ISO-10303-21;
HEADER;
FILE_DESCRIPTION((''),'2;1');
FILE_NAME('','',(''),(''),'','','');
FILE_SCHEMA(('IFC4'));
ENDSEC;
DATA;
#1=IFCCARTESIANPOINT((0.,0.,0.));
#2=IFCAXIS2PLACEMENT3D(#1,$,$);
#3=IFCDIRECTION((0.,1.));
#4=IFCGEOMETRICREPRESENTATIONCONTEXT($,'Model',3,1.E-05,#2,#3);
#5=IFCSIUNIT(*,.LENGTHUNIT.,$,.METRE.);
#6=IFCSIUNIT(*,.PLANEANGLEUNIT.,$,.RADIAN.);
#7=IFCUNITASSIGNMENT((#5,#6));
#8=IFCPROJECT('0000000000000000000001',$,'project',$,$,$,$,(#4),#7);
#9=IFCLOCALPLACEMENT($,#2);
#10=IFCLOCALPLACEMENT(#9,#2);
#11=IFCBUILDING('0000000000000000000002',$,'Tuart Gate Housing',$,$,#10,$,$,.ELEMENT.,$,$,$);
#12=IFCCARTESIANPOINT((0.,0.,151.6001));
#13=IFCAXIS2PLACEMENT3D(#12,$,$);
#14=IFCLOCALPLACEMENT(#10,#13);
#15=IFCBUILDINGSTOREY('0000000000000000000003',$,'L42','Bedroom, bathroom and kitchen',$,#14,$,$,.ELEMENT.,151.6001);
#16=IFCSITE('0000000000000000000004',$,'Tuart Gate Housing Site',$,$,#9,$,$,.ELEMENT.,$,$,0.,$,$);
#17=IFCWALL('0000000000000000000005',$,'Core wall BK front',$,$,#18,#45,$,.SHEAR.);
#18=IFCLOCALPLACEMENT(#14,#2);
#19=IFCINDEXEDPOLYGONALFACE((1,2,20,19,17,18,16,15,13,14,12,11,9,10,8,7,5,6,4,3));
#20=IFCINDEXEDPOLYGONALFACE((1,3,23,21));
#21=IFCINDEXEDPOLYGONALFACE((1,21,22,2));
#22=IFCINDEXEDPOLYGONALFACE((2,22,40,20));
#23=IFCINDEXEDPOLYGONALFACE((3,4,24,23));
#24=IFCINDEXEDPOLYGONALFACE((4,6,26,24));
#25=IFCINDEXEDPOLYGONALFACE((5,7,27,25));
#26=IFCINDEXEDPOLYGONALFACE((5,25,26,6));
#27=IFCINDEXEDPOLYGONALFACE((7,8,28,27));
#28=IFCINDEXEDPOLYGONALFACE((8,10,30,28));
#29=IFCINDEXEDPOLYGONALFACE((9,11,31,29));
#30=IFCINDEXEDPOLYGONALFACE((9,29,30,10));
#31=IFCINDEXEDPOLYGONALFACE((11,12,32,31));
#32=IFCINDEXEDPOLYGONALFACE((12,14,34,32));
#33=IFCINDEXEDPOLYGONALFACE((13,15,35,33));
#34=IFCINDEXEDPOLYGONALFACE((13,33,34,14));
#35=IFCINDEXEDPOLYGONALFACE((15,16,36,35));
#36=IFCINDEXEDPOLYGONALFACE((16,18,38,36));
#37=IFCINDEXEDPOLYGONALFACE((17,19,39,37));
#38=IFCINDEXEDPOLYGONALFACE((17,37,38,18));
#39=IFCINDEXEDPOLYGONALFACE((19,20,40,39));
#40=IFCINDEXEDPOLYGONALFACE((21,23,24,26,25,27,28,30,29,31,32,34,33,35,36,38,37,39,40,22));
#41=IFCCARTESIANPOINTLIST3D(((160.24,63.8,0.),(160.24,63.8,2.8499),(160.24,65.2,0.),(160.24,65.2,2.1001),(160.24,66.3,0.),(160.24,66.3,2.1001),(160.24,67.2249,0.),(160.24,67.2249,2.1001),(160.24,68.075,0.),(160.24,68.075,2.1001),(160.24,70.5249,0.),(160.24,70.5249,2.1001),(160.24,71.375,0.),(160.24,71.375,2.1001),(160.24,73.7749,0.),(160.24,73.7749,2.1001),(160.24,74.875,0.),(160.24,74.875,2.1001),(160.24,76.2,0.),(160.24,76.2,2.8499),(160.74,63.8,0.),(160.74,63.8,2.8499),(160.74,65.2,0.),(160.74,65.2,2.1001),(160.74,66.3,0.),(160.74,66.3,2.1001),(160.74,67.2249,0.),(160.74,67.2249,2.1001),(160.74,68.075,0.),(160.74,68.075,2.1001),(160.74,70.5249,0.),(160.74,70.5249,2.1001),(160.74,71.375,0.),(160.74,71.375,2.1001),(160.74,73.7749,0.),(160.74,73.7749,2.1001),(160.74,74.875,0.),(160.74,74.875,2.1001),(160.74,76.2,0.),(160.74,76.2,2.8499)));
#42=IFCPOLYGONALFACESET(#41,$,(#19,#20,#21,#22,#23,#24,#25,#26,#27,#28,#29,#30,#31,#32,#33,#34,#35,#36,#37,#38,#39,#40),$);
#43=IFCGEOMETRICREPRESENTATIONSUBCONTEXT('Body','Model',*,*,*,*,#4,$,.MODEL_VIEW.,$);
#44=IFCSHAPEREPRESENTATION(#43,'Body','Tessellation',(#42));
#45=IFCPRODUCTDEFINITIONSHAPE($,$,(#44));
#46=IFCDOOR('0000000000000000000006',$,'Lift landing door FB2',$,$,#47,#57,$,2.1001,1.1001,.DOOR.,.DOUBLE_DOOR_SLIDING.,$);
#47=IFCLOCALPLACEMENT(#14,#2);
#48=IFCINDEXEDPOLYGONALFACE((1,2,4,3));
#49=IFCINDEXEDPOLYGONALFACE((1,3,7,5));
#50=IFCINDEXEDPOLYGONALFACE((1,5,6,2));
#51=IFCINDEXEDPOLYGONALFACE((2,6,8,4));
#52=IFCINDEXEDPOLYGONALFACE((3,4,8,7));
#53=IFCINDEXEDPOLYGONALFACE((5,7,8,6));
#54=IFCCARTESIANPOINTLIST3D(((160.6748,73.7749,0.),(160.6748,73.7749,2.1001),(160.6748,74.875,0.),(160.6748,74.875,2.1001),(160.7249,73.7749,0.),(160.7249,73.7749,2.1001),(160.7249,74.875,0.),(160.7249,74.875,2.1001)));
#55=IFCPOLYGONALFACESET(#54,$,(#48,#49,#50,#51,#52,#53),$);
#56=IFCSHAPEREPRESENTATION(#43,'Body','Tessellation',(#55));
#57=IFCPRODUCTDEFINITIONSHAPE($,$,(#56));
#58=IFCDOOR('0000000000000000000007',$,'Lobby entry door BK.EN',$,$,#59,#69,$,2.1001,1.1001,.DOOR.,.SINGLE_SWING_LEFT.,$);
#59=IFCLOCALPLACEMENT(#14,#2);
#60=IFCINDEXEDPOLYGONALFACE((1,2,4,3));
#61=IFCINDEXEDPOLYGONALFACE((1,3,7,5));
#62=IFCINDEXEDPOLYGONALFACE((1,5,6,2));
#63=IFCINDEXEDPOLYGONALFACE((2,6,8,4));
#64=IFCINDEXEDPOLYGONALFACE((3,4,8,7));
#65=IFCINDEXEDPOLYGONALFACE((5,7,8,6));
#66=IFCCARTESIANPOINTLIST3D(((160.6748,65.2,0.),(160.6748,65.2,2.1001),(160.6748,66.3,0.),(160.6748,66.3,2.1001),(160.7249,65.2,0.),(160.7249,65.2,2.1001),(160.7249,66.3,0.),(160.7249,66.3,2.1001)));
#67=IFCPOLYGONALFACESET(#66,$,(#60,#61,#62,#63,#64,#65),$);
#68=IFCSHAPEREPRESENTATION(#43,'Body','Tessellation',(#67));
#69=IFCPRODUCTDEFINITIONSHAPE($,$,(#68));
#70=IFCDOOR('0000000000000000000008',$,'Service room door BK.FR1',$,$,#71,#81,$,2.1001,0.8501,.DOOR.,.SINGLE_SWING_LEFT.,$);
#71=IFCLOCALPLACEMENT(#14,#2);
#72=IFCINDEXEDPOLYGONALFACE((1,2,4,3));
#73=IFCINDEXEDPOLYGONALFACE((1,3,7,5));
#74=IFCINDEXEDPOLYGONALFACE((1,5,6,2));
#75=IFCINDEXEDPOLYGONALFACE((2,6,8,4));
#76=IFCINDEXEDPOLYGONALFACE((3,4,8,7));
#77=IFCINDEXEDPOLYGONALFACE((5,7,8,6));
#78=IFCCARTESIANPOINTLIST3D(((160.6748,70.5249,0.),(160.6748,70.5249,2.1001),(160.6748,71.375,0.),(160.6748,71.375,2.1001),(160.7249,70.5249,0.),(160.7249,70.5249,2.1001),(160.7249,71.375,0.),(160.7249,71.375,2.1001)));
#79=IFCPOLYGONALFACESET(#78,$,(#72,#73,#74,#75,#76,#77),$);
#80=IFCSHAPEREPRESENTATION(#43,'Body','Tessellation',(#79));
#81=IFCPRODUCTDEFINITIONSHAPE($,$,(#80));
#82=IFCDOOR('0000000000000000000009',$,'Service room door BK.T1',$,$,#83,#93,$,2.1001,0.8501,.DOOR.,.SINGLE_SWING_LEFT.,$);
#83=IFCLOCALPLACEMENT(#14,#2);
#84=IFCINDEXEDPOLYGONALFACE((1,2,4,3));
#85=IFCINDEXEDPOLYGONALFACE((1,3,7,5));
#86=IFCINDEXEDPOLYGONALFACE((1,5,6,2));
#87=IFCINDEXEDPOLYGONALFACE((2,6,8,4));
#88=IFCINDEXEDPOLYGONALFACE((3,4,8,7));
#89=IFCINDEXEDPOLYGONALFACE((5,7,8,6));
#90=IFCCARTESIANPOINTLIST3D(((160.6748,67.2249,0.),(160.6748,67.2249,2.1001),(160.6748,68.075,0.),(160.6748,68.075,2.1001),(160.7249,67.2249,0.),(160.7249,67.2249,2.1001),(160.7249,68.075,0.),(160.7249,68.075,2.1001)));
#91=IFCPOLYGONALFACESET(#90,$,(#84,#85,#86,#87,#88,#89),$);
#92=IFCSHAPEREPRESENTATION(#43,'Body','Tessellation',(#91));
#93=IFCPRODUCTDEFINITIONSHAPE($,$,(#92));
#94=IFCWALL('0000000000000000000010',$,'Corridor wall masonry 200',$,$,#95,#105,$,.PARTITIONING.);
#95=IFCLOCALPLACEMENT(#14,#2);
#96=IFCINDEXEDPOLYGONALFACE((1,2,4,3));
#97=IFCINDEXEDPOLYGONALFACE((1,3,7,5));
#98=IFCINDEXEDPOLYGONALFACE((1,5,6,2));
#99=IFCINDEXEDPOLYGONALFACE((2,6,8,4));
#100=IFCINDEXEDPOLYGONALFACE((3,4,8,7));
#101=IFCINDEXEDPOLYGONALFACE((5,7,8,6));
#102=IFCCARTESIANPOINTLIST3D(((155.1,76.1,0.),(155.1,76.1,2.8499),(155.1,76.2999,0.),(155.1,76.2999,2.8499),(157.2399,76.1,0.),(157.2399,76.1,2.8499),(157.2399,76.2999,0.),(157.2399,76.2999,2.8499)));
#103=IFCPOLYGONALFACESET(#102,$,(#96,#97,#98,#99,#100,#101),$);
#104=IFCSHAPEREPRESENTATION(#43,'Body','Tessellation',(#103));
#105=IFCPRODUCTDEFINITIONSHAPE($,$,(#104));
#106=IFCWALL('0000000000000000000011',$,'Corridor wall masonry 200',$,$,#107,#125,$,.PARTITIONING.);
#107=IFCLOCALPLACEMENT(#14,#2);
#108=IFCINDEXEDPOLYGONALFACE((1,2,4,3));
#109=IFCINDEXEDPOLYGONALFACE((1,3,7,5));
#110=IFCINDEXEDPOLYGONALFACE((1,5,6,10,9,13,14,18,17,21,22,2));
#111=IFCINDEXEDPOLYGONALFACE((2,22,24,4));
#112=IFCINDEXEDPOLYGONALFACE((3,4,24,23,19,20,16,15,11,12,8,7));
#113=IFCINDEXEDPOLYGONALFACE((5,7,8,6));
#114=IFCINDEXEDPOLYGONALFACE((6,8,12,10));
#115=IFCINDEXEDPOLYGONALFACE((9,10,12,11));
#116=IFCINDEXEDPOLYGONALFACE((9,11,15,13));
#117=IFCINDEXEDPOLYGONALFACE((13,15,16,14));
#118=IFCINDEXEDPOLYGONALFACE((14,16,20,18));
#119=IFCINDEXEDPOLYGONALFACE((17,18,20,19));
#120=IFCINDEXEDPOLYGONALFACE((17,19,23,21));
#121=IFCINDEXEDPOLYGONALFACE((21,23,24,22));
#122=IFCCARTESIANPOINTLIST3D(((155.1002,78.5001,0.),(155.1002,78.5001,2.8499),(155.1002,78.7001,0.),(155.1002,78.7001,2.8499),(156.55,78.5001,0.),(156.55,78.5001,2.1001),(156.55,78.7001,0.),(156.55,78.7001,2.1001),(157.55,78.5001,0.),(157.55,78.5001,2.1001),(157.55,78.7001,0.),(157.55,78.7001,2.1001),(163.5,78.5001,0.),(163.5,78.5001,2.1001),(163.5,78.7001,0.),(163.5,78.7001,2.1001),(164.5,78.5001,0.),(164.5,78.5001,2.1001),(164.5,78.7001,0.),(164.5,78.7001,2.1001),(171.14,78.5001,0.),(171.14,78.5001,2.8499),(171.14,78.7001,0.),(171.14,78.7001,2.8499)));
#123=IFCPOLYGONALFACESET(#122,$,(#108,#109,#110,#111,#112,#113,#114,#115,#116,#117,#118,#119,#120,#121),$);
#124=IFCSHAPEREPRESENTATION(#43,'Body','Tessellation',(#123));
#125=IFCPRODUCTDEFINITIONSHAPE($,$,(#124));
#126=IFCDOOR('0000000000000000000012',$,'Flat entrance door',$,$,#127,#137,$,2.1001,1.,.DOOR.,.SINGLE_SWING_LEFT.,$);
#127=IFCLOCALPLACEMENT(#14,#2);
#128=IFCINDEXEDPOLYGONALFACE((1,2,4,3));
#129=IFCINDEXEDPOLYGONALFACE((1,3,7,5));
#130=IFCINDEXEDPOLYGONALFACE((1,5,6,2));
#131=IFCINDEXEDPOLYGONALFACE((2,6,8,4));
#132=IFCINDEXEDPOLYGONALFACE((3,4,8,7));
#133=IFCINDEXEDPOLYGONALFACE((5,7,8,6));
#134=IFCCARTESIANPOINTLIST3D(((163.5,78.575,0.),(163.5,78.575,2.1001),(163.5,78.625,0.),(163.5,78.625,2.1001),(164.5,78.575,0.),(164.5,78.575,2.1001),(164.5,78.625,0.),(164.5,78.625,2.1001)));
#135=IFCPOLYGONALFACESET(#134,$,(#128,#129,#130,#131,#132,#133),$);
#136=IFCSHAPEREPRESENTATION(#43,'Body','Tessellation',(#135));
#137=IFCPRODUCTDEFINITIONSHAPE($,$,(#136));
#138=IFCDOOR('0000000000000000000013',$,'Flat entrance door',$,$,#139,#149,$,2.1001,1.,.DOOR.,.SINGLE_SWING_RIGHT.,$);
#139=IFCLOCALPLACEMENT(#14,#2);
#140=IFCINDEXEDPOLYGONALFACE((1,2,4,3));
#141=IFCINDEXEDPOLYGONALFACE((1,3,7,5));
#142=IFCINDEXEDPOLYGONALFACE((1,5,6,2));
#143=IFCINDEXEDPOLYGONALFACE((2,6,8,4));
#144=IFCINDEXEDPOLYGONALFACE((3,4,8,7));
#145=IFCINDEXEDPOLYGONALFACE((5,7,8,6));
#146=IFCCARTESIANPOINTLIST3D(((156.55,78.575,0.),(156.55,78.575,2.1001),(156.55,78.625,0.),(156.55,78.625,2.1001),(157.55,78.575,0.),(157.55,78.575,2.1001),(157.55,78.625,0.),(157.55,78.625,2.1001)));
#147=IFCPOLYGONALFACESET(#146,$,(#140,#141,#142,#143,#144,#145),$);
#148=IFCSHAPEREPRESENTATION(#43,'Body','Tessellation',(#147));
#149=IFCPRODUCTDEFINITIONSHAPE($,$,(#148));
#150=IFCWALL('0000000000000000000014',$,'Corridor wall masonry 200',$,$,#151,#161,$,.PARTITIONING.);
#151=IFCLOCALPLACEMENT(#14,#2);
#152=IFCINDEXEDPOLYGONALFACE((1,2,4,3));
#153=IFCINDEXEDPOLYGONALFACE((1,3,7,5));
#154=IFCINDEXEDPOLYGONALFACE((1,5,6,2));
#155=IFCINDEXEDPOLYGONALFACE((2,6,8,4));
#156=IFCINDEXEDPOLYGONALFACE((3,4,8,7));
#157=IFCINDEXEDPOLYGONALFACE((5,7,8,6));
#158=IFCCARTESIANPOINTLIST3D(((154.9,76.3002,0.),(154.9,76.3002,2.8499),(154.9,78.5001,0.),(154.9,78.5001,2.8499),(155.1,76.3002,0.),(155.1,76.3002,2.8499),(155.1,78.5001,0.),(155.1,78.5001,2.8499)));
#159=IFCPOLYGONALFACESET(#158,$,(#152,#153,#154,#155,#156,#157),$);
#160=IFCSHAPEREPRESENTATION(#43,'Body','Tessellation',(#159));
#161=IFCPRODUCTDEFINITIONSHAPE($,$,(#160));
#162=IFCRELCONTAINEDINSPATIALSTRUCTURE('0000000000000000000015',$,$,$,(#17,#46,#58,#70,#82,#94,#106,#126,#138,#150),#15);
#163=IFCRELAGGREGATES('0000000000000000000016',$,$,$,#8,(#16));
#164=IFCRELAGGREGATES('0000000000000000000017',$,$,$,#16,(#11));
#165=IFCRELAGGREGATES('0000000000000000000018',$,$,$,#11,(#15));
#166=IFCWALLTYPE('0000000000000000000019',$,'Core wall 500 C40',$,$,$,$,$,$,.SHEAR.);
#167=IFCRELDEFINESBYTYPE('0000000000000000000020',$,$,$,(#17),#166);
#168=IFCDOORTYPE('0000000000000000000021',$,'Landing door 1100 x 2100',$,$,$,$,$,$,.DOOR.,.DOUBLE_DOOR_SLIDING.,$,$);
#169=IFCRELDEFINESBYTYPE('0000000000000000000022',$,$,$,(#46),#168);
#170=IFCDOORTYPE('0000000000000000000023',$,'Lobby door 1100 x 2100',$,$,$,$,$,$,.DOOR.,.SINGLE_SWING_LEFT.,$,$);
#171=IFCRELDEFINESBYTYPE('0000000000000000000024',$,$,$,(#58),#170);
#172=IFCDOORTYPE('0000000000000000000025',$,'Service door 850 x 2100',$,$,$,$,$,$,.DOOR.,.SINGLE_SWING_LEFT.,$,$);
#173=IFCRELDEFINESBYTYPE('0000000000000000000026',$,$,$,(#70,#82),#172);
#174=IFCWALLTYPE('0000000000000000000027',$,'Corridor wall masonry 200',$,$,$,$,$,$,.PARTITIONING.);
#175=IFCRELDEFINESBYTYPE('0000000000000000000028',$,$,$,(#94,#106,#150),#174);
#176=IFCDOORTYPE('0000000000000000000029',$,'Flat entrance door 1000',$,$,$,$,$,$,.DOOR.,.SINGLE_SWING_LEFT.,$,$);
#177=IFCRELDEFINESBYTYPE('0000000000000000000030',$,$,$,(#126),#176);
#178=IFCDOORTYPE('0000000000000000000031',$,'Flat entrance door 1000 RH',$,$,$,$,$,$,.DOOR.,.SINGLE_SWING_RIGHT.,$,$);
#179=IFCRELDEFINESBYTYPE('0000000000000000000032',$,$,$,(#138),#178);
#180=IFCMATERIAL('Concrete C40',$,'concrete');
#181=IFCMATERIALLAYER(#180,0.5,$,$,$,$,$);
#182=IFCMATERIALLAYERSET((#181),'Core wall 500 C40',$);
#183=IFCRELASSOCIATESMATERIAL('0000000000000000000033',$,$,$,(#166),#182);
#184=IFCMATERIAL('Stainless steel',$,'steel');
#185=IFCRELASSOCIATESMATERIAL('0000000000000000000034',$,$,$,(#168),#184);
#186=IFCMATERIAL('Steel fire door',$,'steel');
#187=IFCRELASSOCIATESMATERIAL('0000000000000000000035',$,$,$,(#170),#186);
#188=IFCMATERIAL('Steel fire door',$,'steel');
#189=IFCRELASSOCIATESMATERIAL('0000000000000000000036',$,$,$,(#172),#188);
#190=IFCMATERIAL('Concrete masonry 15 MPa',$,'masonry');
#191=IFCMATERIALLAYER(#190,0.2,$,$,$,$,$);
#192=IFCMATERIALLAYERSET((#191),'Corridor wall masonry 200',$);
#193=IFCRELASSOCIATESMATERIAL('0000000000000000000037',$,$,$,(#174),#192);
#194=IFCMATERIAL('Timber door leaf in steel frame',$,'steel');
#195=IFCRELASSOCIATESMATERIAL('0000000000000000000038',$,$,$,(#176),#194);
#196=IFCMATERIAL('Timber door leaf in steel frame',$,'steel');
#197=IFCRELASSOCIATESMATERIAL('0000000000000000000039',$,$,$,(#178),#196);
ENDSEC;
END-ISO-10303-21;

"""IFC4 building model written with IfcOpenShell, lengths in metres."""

from ifc_helpers import new_model, si_unit, direction, frame, frame_2d, origin, place, context, subcontext, project, spatial, rectangle, extrude, material, layer, layer_set, type_object, element, fill, save


model = new_model("IFC4")

# Units and contexts
model_context = context("Model", 3, precision=1e-05, world=origin(), true_north=direction((0.0, 1.0)))
body_context = subcontext(model_context, "Body", "Model", "MODEL_VIEW")
ifc_project = project(units=[si_unit("LENGTHUNIT", "METRE"), si_unit("PLANEANGLEUNIT", "RADIAN")], contexts=[model_context])

# Site, building, storey
site_placement = place(None, origin())
site = spatial("IfcSite", under=ifc_project, at=site_placement, Name="Tuart Gate Housing Site", CompositionType="ELEMENT", RefElevation=0.0)
building_placement = place(site_placement, origin())
building = spatial("IfcBuilding", under=site, at=building_placement, Name="Tuart Gate Housing", CompositionType="ELEMENT")
storey_placement = place(building_placement, frame((0.0, 0.0, 151.6001)))
storey = spatial("IfcBuildingStorey", under=building, at=storey_placement, Name="L42", Description="Bedroom, bathroom and kitchen", CompositionType="ELEMENT", Elevation=151.6001)

# Wall, openings, doors
ifc_material_1 = material(Name="Concrete C40", Category="concrete")
ifc_layer_1 = layer(ifc_material_1, 0.5)
ifc_layer_set_1 = layer_set([ifc_layer_1], Name="Core wall 500 C40")
wall_type_1 = type_object("IfcWallType", Name="Core wall 500 C40", PredefinedType="SHEAR", material=ifc_layer_set_1)
wall_1_placement = place(storey_placement, frame((160.49, 76.2, 0.0), z_axis=(0.0, 0.0, 1.0), x_axis=(0.0, -1.0, 0.0)))
wall_1 = element("IfcWall", 1, at=wall_1_placement, inside=storey, type_object=wall_type_1, Name="Core wall BK front", PredefinedType="SHEAR", context=body_context, shape_type="SweptSolid", body=[
    extrude(rectangle(XDim=12.3999, YDim=0.5, at=frame_2d((6.2, 0.0))), origin(), (0.0, 0.0, 1.0), 2.8499),
])
opening_1_placement = place(wall_1_placement, frame((1.325, 0.0, 0.0)))
opening_1 = element("IfcOpeningElement", 2, at=opening_1_placement, cuts=wall_1, PredefinedType="OPENING", context=body_context, shape_type="SweptSolid", body=[
    extrude(rectangle(XDim=1.1001, YDim=2.1001, at=frame_2d((0.55, 1.05))), frame((0.0, 0.26, 0.0), z_axis=(0.0, -1.0, 0.0), x_axis=(1.0, 0.0, 0.0)), (0.0, 0.0, 1.0), 0.52),
])
opening_2_placement = place(wall_1_placement, frame((4.825, 0.0, 0.0)))
opening_2 = element("IfcOpeningElement", 3, at=opening_2_placement, cuts=wall_1, PredefinedType="OPENING", context=body_context, shape_type="SweptSolid", body=[
    extrude(rectangle(XDim=0.8501, YDim=2.1001, at=frame_2d((0.425, 1.05))), frame((0.0, 0.26, 0.0), z_axis=(0.0, -1.0, 0.0), x_axis=(1.0, 0.0, 0.0)), (0.0, 0.0, 1.0), 0.52),
])
opening_3_placement = place(wall_1_placement, frame((9.8999, 0.0, 0.0)))
opening_3 = element("IfcOpeningElement", 4, at=opening_3_placement, cuts=wall_1, PredefinedType="OPENING", context=body_context, shape_type="SweptSolid", body=[
    extrude(rectangle(XDim=1.1001, YDim=2.1001, at=frame_2d((0.55, 1.05))), frame((0.0, 0.26, 0.0), z_axis=(0.0, -1.0, 0.0), x_axis=(1.0, 0.0, 0.0)), (0.0, 0.0, 1.0), 0.52),
])
opening_4_placement = place(wall_1_placement, frame((8.125, 0.0, 0.0)))
opening_4 = element("IfcOpeningElement", 5, at=opening_4_placement, cuts=wall_1, PredefinedType="OPENING", context=body_context, shape_type="SweptSolid", body=[
    extrude(rectangle(XDim=0.8501, YDim=2.1001, at=frame_2d((0.425, 1.05))), frame((0.0, 0.26, 0.0), z_axis=(0.0, -1.0, 0.0), x_axis=(1.0, 0.0, 0.0)), (0.0, 0.0, 1.0), 0.52),
])
ifc_material_2 = material(Name="Stainless steel", Category="steel")
door_type_1 = type_object("IfcDoorType", Name="Landing door 1100 x 2100", OperationType="DOUBLE_DOOR_SLIDING", PredefinedType="DOOR", material=ifc_material_2)
door_1_placement = place(opening_1_placement, origin())
door_1 = element("IfcDoor", 6, at=door_1_placement, inside=storey, type_object=door_type_1, Name="Lift landing door FB2", OperationType="DOUBLE_DOOR_SLIDING", OverallHeight=2.1001, OverallWidth=1.1001, PredefinedType="DOOR", context=body_context, shape_type="SweptSolid", body=[
    extrude(rectangle(XDim=1.1001, YDim=2.1001, at=frame_2d((0.55, 1.05))), frame((0.0, 0.2349, 0.0), z_axis=(0.0, -1.0, 0.0), x_axis=(1.0, 0.0, 0.0)), (0.0, 0.0, 1.0), 0.05),
])
fill(opening_1, door_1)
ifc_material_3 = material(Name="Steel fire door", Category="steel")
door_type_2 = type_object("IfcDoorType", Name="Lobby door 1100 x 2100", OperationType="SINGLE_SWING_LEFT", PredefinedType="DOOR", material=ifc_material_3)
door_2_placement = place(opening_3_placement, origin())
door_2 = element("IfcDoor", 7, at=door_2_placement, inside=storey, type_object=door_type_2, Name="Lobby entry door BK.EN", OperationType="SINGLE_SWING_LEFT", OverallHeight=2.1001, OverallWidth=1.1001, PredefinedType="DOOR", context=body_context, shape_type="SweptSolid", body=[
    extrude(rectangle(XDim=1.1001, YDim=2.1001, at=frame_2d((0.55, 1.05))), frame((0.0, 0.2349, 0.0), z_axis=(0.0, -1.0, 0.0), x_axis=(1.0, 0.0, 0.0)), (0.0, 0.0, 1.0), 0.05),
])
fill(opening_3, door_2)
ifc_material_4 = material(Name="Steel fire door", Category="steel")
door_type_3 = type_object("IfcDoorType", Name="Service door 850 x 2100", OperationType="SINGLE_SWING_LEFT", PredefinedType="DOOR", material=ifc_material_4)
door_3_placement = place(opening_2_placement, origin())
door_3 = element("IfcDoor", 8, at=door_3_placement, inside=storey, type_object=door_type_3, Name="Service room door BK.FR1", OperationType="SINGLE_SWING_LEFT", OverallHeight=2.1001, OverallWidth=0.8501, PredefinedType="DOOR", context=body_context, shape_type="SweptSolid", body=[
    extrude(rectangle(XDim=0.8501, YDim=2.1001, at=frame_2d((0.425, 1.05))), frame((0.0, 0.2349, 0.0), z_axis=(0.0, -1.0, 0.0), x_axis=(1.0, 0.0, 0.0)), (0.0, 0.0, 1.0), 0.05),
])
fill(opening_2, door_3)
door_4_placement = place(opening_4_placement, origin())
door_4 = element("IfcDoor", 9, at=door_4_placement, inside=storey, type_object=door_type_3, Name="Service room door BK.T1", OperationType="SINGLE_SWING_LEFT", OverallHeight=2.1001, OverallWidth=0.8501, PredefinedType="DOOR", context=body_context, shape_type="SweptSolid", body=[
    extrude(rectangle(XDim=0.8501, YDim=2.1001, at=frame_2d((0.425, 1.05))), frame((0.0, 0.2349, 0.0), z_axis=(0.0, -1.0, 0.0), x_axis=(1.0, 0.0, 0.0)), (0.0, 0.0, 1.0), 0.05),
])
fill(opening_4, door_4)

# Wall
ifc_material_5 = material(Name="Concrete masonry 15 MPa", Category="masonry")
ifc_layer_2 = layer(ifc_material_5, 0.2)
ifc_layer_set_2 = layer_set([ifc_layer_2], Name="Corridor wall masonry 200")
wall_type_2 = type_object("IfcWallType", Name="Corridor wall masonry 200", PredefinedType="PARTITIONING", material=ifc_layer_set_2)
wall_2_placement = place(storey_placement, frame((155.1001, 76.2, 0.0), z_axis=(0.0, 0.0, 1.0), x_axis=(1.0, 0.0, 0.0)))
element("IfcWall", 10, at=wall_2_placement, inside=storey, type_object=wall_type_2, Name="Corridor wall masonry 200", PredefinedType="PARTITIONING", context=body_context, shape_type="SweptSolid", body=[
    extrude(rectangle(XDim=2.1399, YDim=0.2, at=frame_2d((1.0698, 0.0))), origin(), (0.0, 0.0, 1.0), 2.8499),
])

# Wall, openings, doors
wall_3_placement = place(storey_placement, frame((155.1001, 78.6001, 0.0), z_axis=(0.0, 0.0, 1.0), x_axis=(1.0, 0.0, 0.0)))
wall_3 = element("IfcWall", 11, at=wall_3_placement, inside=storey, type_object=wall_type_2, Name="Corridor wall masonry 200", PredefinedType="PARTITIONING", context=body_context, shape_type="SweptSolid", body=[
    extrude(rectangle(XDim=16.0398, YDim=0.2, at=frame_2d((8.02, 0.0))), origin(), (0.0, 0.0, 1.0), 2.8499),
])
opening_5_placement = place(wall_3_placement, frame((1.45, 0.0, 0.0)))
opening_5 = element("IfcOpeningElement", 12, at=opening_5_placement, cuts=wall_3, PredefinedType="OPENING", context=body_context, shape_type="SweptSolid", body=[
    extrude(rectangle(XDim=1.0, YDim=2.1001, at=frame_2d((0.5, 1.05))), frame((0.0, 0.1099, 0.0), z_axis=(0.0, -1.0, 0.0), x_axis=(1.0, 0.0, 0.0)), (0.0, 0.0, 1.0), 0.22),
])
opening_6_placement = place(wall_3_placement, frame((8.3999, 0.0, 0.0)))
opening_6 = element("IfcOpeningElement", 13, at=opening_6_placement, cuts=wall_3, PredefinedType="OPENING", context=body_context, shape_type="SweptSolid", body=[
    extrude(rectangle(XDim=1.0, YDim=2.1001, at=frame_2d((0.5, 1.05))), frame((0.0, 0.1099, 0.0), z_axis=(0.0, -1.0, 0.0), x_axis=(1.0, 0.0, 0.0)), (0.0, 0.0, 1.0), 0.22),
])
ifc_material_6 = material(Name="Timber door leaf in steel frame", Category="steel")
door_type_4 = type_object("IfcDoorType", Name="Flat entrance door 1000", OperationType="SINGLE_SWING_LEFT", PredefinedType="DOOR", material=ifc_material_6)
door_5_placement = place(opening_6_placement, origin())
door_5 = element("IfcDoor", 14, at=door_5_placement, inside=storey, type_object=door_type_4, Name="Flat entrance door", OperationType="SINGLE_SWING_LEFT", OverallHeight=2.1001, OverallWidth=1.0, PredefinedType="DOOR", context=body_context, shape_type="SweptSolid", body=[
    extrude(rectangle(XDim=1.0, YDim=2.1001, at=frame_2d((0.5, 1.05))), frame((0.0, 0.0249, 0.0), z_axis=(0.0, -1.0, 0.0), x_axis=(1.0, 0.0, 0.0)), (0.0, 0.0, 1.0), 0.05),
])
fill(opening_6, door_5)
ifc_material_7 = material(Name="Timber door leaf in steel frame", Category="steel")
door_type_5 = type_object("IfcDoorType", Name="Flat entrance door 1000 RH", OperationType="SINGLE_SWING_RIGHT", PredefinedType="DOOR", material=ifc_material_7)
door_6_placement = place(opening_5_placement, origin())
door_6 = element("IfcDoor", 15, at=door_6_placement, inside=storey, type_object=door_type_5, Name="Flat entrance door", OperationType="SINGLE_SWING_RIGHT", OverallHeight=2.1001, OverallWidth=1.0, PredefinedType="DOOR", context=body_context, shape_type="SweptSolid", body=[
    extrude(rectangle(XDim=1.0, YDim=2.1001, at=frame_2d((0.5, 1.05))), frame((0.0, 0.0249, 0.0), z_axis=(0.0, -1.0, 0.0), x_axis=(1.0, 0.0, 0.0)), (0.0, 0.0, 1.0), 0.05),
])
fill(opening_5, door_6)

# Wall
wall_4_placement = place(storey_placement, frame((155.0, 76.3, 0.0), z_axis=(0.0, 0.0, 1.0), x_axis=(0.0, 1.0, 0.0)))
element("IfcWall", 16, at=wall_4_placement, inside=storey, type_object=wall_type_2, Name="Corridor wall masonry 200", PredefinedType="PARTITIONING", context=body_context, shape_type="SweptSolid", body=[
    extrude(rectangle(XDim=2.2, YDim=0.2, at=frame_2d((1.1001, 0.0))), origin(), (0.0, 0.0, 1.0), 2.8499),
])

save(model, "model.ifc")
